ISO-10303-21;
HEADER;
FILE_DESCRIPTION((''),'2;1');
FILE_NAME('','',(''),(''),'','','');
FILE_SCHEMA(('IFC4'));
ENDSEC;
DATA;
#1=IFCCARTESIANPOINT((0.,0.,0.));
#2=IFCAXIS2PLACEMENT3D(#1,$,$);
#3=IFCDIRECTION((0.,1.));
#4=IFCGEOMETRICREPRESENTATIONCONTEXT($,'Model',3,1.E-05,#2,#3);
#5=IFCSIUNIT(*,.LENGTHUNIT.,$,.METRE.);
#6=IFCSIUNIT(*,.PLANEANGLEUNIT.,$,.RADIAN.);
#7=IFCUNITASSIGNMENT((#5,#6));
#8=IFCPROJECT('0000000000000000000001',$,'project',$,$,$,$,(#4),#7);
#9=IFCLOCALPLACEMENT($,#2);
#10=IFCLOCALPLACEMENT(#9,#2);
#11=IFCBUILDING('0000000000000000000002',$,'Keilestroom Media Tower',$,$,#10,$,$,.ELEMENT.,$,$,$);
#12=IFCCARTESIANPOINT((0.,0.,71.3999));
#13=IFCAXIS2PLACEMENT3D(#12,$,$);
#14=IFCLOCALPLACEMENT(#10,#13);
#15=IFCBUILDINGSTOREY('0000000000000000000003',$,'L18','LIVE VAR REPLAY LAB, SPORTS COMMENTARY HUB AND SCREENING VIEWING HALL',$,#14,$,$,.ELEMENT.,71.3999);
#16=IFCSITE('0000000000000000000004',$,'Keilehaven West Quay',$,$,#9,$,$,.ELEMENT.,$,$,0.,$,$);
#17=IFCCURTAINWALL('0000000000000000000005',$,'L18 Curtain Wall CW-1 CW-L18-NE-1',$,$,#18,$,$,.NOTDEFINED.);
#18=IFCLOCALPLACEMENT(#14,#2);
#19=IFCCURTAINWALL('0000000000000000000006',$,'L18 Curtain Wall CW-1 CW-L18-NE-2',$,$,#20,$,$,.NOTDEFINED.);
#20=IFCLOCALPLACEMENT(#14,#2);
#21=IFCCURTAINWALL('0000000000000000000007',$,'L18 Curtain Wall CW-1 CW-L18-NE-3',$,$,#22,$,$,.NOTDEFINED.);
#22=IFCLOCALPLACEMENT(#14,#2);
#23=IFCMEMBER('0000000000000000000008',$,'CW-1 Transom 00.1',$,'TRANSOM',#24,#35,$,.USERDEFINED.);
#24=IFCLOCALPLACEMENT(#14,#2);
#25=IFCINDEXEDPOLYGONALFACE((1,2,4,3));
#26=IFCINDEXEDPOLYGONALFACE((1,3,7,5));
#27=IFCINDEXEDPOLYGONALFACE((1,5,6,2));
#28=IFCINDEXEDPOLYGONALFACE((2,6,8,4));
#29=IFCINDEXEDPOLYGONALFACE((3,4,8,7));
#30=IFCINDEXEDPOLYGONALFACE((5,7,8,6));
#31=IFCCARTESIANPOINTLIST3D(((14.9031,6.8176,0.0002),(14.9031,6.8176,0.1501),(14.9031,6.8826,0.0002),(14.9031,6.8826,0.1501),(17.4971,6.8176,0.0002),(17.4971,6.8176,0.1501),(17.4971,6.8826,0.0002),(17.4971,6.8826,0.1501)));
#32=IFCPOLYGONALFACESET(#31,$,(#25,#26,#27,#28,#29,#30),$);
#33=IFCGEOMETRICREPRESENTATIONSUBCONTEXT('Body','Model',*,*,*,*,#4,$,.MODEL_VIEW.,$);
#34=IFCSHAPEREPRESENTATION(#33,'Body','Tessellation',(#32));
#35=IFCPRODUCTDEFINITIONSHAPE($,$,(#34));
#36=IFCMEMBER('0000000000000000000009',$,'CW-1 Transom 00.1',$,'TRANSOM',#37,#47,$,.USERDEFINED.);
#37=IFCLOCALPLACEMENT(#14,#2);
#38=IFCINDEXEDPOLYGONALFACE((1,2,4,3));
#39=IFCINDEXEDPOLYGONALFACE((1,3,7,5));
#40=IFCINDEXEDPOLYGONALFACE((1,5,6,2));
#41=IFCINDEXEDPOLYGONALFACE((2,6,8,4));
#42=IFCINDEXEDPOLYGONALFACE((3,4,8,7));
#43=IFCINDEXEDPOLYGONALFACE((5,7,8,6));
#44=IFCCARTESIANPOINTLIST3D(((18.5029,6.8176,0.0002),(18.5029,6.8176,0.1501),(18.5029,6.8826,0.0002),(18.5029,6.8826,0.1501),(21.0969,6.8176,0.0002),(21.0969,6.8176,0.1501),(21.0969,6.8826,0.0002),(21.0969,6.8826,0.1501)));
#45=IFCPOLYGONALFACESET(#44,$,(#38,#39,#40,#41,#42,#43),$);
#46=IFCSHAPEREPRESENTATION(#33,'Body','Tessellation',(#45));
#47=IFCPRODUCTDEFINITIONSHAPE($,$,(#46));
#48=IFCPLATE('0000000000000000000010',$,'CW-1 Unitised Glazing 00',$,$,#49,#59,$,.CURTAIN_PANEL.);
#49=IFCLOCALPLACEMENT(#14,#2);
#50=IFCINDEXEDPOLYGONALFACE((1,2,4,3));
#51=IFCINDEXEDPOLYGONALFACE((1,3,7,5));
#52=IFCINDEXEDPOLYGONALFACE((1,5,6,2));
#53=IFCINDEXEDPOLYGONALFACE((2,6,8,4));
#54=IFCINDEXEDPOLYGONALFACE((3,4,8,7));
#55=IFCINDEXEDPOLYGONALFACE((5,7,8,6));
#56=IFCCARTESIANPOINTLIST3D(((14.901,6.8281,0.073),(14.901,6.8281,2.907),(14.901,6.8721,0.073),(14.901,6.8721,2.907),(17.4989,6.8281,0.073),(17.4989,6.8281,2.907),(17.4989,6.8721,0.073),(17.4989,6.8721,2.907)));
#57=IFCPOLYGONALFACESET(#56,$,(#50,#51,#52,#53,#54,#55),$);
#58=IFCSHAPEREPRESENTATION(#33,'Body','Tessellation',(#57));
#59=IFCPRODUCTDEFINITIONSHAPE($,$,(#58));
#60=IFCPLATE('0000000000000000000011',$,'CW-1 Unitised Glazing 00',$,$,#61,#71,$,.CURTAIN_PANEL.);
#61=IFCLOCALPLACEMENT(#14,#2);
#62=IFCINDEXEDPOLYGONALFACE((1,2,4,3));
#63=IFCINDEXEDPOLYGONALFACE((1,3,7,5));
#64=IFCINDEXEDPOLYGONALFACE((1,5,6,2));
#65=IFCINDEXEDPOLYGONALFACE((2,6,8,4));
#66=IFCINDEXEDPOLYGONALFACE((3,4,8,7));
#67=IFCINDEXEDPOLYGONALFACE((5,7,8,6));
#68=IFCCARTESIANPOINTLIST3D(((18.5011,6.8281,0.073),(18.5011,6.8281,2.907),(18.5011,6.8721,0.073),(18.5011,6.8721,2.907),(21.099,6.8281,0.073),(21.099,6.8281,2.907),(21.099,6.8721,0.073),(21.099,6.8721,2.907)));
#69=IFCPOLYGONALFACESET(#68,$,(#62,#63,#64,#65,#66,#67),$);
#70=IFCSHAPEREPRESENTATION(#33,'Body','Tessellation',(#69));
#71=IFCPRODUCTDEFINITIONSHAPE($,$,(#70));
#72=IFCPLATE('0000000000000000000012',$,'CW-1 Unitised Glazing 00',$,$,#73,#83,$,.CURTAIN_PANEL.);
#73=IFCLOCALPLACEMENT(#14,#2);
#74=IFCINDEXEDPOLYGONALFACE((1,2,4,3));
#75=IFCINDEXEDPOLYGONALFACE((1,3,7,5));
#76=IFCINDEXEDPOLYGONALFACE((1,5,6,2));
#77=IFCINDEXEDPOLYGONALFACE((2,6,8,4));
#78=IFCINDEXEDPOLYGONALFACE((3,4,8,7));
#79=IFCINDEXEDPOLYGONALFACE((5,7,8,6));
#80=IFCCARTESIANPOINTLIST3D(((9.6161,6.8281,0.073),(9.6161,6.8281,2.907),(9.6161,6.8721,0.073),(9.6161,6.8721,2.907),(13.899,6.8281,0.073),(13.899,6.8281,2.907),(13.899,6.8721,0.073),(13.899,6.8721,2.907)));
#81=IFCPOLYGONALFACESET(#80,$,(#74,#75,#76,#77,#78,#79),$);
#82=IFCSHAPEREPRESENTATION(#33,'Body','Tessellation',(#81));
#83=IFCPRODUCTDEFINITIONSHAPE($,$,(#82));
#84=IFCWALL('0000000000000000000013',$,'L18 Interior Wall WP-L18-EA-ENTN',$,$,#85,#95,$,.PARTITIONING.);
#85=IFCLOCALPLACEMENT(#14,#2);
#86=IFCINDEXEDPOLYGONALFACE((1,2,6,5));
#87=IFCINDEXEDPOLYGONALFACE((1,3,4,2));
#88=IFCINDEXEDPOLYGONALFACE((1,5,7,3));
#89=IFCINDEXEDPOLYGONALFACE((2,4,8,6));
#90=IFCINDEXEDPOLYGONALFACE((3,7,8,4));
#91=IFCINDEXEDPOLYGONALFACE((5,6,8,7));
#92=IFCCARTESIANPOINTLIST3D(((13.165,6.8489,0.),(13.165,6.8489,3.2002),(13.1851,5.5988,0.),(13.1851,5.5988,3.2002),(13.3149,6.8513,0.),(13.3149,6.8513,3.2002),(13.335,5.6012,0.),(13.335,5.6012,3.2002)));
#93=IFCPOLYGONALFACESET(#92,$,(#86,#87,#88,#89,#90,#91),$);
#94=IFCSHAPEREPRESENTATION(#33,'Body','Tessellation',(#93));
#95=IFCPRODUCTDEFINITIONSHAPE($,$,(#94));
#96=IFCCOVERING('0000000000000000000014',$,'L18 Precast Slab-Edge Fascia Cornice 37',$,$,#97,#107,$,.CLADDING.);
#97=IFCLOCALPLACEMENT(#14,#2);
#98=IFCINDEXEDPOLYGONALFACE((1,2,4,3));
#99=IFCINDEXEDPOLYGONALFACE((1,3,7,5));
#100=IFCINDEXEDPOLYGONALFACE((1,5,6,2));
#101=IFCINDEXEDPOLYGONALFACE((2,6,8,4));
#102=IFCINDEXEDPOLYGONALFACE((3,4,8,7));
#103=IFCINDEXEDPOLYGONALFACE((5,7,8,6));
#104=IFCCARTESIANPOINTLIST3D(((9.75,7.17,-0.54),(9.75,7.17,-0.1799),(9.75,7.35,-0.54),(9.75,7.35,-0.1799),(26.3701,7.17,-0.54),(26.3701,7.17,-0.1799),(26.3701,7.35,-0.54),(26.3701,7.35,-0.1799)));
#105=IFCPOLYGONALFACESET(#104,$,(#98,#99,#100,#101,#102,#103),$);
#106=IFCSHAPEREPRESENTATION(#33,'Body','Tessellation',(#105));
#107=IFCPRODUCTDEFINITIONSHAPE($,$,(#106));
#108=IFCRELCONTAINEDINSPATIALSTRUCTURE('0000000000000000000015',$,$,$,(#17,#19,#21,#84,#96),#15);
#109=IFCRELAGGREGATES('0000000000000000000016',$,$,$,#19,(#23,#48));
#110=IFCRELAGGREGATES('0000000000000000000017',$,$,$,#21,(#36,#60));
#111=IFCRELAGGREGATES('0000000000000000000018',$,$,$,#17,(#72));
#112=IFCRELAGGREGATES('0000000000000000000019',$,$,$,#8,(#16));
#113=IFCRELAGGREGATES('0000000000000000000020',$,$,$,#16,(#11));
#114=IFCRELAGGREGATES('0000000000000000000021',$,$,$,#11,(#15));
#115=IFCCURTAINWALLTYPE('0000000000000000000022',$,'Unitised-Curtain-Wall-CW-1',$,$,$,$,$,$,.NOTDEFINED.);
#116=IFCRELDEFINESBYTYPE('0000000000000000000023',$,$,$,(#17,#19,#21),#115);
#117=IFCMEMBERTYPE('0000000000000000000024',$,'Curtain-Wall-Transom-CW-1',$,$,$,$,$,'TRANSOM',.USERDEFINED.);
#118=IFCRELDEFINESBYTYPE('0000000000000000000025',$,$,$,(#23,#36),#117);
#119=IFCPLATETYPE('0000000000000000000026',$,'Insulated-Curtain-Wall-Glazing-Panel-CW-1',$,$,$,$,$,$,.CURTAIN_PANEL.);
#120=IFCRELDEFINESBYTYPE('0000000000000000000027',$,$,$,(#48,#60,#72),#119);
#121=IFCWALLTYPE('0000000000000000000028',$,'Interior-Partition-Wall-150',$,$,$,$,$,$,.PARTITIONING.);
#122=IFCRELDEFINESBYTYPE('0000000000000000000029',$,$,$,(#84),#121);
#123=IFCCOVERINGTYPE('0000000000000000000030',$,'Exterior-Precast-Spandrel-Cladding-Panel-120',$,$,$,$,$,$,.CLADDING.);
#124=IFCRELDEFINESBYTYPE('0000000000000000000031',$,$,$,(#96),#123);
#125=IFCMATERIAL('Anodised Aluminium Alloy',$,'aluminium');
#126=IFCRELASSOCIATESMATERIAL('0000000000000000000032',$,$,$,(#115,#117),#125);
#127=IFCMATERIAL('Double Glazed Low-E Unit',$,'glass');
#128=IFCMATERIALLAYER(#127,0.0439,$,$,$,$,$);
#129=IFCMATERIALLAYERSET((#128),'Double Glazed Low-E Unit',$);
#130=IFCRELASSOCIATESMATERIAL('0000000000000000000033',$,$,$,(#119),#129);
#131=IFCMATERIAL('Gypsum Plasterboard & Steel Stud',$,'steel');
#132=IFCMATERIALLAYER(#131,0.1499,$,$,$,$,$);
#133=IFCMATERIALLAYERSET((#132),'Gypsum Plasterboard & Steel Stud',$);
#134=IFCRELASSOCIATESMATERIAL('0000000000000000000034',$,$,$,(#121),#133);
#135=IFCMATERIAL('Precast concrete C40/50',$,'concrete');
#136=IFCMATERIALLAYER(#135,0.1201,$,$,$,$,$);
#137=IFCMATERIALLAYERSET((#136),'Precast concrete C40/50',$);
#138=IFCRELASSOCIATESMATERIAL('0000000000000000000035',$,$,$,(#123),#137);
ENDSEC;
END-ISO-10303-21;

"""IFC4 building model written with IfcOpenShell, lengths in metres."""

from ifc_helpers import new_model, si_unit, direction, frame, frame_2d, origin, origin_2d, place, context, subcontext, project, spatial, rectangle, extrude, source, transform, mapped, material, layer, layer_set, material_profile, profile_set, type_object, element, aggregate, save


model = new_model("IFC4")

# Units and contexts
model_context = context("Model", 3, precision=1e-05, world=origin(), true_north=direction((0.0, 1.0)))
body_context = subcontext(model_context, "Body", "Model", "MODEL_VIEW")
ifc_project = project(units=[si_unit("LENGTHUNIT", "METRE"), si_unit("PLANEANGLEUNIT", "RADIAN")], contexts=[model_context])

# Site, building, storey
site_placement = place(None, origin())
site = spatial("IfcSite", under=ifc_project, at=site_placement, Name="Keilehaven West Quay", CompositionType="ELEMENT", RefElevation=0.0)
building_placement = place(site_placement, origin())
building = spatial("IfcBuilding", under=site, at=building_placement, Name="Keilestroom Media Tower", CompositionType="ELEMENT")
storey_placement = place(building_placement, frame((0.0, 0.0, 71.3999)))
storey = spatial("IfcBuildingStorey", under=building, at=storey_placement, Name="L18", Description="LIVE VAR REPLAY LAB, SPORTS COMMENTARY HUB AND SCREENING VIEWING HALL", CompositionType="ELEMENT", Elevation=71.3999)

# Shared definitions
ifc_material_1 = material(Name="Precast concrete C40/50", Category="concrete")

# Curtain wall
ifc_material_2 = material(Name="Anodised Aluminium Alloy", Category="aluminium")
curtain_wall_type = type_object("IfcCurtainWallType", Name="Unitised-Curtain-Wall-CW-1", PredefinedType="NOTDEFINED", material=ifc_material_2)
curtain_wall_1_placement = place(storey_placement, origin())
curtain_wall_1 = element("IfcCurtainWall", 1, at=curtain_wall_1_placement, inside=storey, type_object=curtain_wall_type, Name="L18 Curtain Wall CW-1 CW-L18-NE-1", PredefinedType="NOTDEFINED")

# Curtain walls
curtain_wall_2_placement = place(storey_placement, origin())
curtain_wall_2 = element("IfcCurtainWall", 2, at=curtain_wall_2_placement, inside=storey, type_object=curtain_wall_type, Name="L18 Curtain Wall CW-1 CW-L18-NE-2", PredefinedType="NOTDEFINED")
curtain_wall_3_placement = place(storey_placement, origin())
curtain_wall_3 = element("IfcCurtainWall", 3, at=curtain_wall_3_placement, inside=storey, type_object=curtain_wall_type, Name="L18 Curtain Wall CW-1 CW-L18-NE-3", PredefinedType="NOTDEFINED")

# Members
ifc_material_profile_1 = material_profile(ifc_material_2, rectangle(XDim=0.0649, YDim=0.1499, at=origin_2d()), Name="ALU TRANSOM 65x150")
ifc_profile_set_1 = profile_set([ifc_material_profile_1], Name="Anodised Aluminium Alloy")
member_type_1 = type_object("IfcMemberType", Name="Curtain-Wall-Transom-CW-1", ElementType="TRANSOM", PredefinedType="USERDEFINED", material=ifc_profile_set_1)
shared_shape_1 = source(origin(), body_context, "Body", "SweptSolid", [
    extrude(rectangle(XDim=0.0649, YDim=0.1499, at=origin_2d()), origin(), (0.0, 0.0, 1.0), 2.594),
])
member_1_placement = place(storey_placement, frame((14.9031, 6.8501, 0.0752), z_axis=(1.0, 0.0, 0.0), x_axis=(0.0, 1.0, 0.0)))
member_1 = element("IfcMember", 4, at=member_1_placement, type_object=member_type_1, Name="CW-1 Transom 00.1", ObjectType="TRANSOM", PredefinedType="USERDEFINED", context=body_context, shape_type="MappedRepresentation", body=[
    mapped(shared_shape_1, transform((0.0, 0.0, 0.0), x_axis=(1.0, 0.0, 0.0), y_axis=(0.0, 1.0, 0.0), z_axis=(0.0, 0.0, 1.0), scale=1.0)),
])
member_2_placement = place(storey_placement, frame((18.5029, 6.8501, 0.0752), z_axis=(1.0, 0.0, 0.0), x_axis=(0.0, 1.0, 0.0)))
member_2 = element("IfcMember", 5, at=member_2_placement, type_object=member_type_1, Name="CW-1 Transom 00.1", ObjectType="TRANSOM", PredefinedType="USERDEFINED", context=body_context, shape_type="MappedRepresentation", body=[
    mapped(shared_shape_1, transform((0.0, 0.0, 0.0), x_axis=(1.0, 0.0, 0.0), y_axis=(0.0, 1.0, 0.0), z_axis=(0.0, 0.0, 1.0), scale=1.0)),
])

# Plates
ifc_material_3 = material(Name="Double Glazed Low-E Unit", Category="glass")
ifc_layer_1 = layer(ifc_material_3, 0.0439)
ifc_layer_set_1 = layer_set([ifc_layer_1], Name="Double Glazed Low-E Unit")
plate_type = type_object("IfcPlateType", Name="Insulated-Curtain-Wall-Glazing-Panel-CW-1", PredefinedType="CURTAIN_PANEL", material=ifc_layer_set_1)
shared_shape_2 = source(origin(), body_context, "Body", "SweptSolid", [
    extrude(rectangle(XDim=2.5979, YDim=0.0439, at=origin_2d()), origin(), (0.0, 0.0, 1.0), 2.834),
])
plate_1_placement = place(storey_placement, frame((16.2, 6.8501, 0.073), z_axis=(0.0, 0.0, 1.0), x_axis=(1.0, 0.0, 0.0)))
plate_1 = element("IfcPlate", 6, at=plate_1_placement, type_object=plate_type, Name="CW-1 Unitised Glazing 00", PredefinedType="CURTAIN_PANEL", context=body_context, shape_type="MappedRepresentation", body=[
    mapped(shared_shape_2, transform((0.0, 0.0, 0.0), x_axis=(1.0, 0.0, 0.0), y_axis=(0.0, 1.0, 0.0), z_axis=(0.0, 0.0, 1.0), scale=1.0)),
])
aggregate(curtain_wall_2, [member_1, plate_1])
plate_2_placement = place(storey_placement, frame((19.8, 6.8501, 0.073), z_axis=(0.0, 0.0, 1.0), x_axis=(1.0, 0.0, 0.0)))
plate_2 = element("IfcPlate", 7, at=plate_2_placement, type_object=plate_type, Name="CW-1 Unitised Glazing 00", PredefinedType="CURTAIN_PANEL", context=body_context, shape_type="MappedRepresentation", body=[
    mapped(shared_shape_2, transform((0.0, 0.0, 0.0), x_axis=(1.0, 0.0, 0.0), y_axis=(0.0, 1.0, 0.0), z_axis=(0.0, 0.0, 1.0), scale=1.0)),
])
aggregate(curtain_wall_3, [member_2, plate_2])
shared_shape_3 = source(origin(), body_context, "Body", "SweptSolid", [
    extrude(rectangle(XDim=4.283, YDim=0.0439, at=origin_2d()), origin(), (0.0, 0.0, 1.0), 2.834),
])
plate_3_placement = place(storey_placement, frame((11.7576, 6.8501, 0.073), z_axis=(0.0, 0.0, 1.0), x_axis=(1.0, 0.0, 0.0)))
plate_3 = element("IfcPlate", 8, at=plate_3_placement, type_object=plate_type, Name="CW-1 Unitised Glazing 00", PredefinedType="CURTAIN_PANEL", context=body_context, shape_type="MappedRepresentation", body=[
    mapped(shared_shape_3, transform((0.0, 0.0, 0.0), x_axis=(1.0, 0.0, 0.0), y_axis=(0.0, 1.0, 0.0), z_axis=(0.0, 0.0, 1.0), scale=1.0)),
])
aggregate(curtain_wall_1, [plate_3])

# Wall
ifc_material_4 = material(Name="Gypsum Plasterboard & Steel Stud", Category="steel")
ifc_layer_2 = layer(ifc_material_4, 0.1499)
ifc_layer_set_2 = layer_set([ifc_layer_2], Name="Gypsum Plasterboard & Steel Stud")
wall_type = type_object("IfcWallType", Name="Interior-Partition-Wall-150", PredefinedType="PARTITIONING", material=ifc_layer_set_2)
wall_placement = place(storey_placement, frame((13.26, 5.6001, 0.0), z_axis=(0.0, 0.0, 1.0), x_axis=(-0.016014, 0.999872, 0.0)))
element("IfcWall", 9, at=wall_placement, inside=storey, type_object=wall_type, Name="L18 Interior Wall WP-L18-EA-ENTN", PredefinedType="PARTITIONING", context=body_context, shape_type="SweptSolid", body=[
    extrude(rectangle(XDim=1.2502, YDim=0.1499, at=frame_2d((0.625, 0.0))), origin(), (0.0, 0.0, 1.0), 3.2002),
])

# Covering
ifc_layer_3 = layer(ifc_material_1, 0.1201)
ifc_layer_set_3 = layer_set([ifc_layer_3], Name="Precast concrete C40/50")
covering_type = type_object("IfcCoveringType", Name="Exterior-Precast-Spandrel-Cladding-Panel-120", PredefinedType="CLADDING", material=ifc_layer_set_3)
shared_shape_4 = source(origin(), body_context, "Body", "SweptSolid", [
    extrude(rectangle(XDim=16.6201, YDim=0.1799, at=origin_2d()), origin(), (0.0, 0.0, 1.0), 0.3601),
])
covering_placement = place(storey_placement, frame((18.0601, 7.26, -0.54), z_axis=(0.0, 0.0, 1.0), x_axis=(1.0, 0.0, 0.0)))
element("IfcCovering", 10, at=covering_placement, inside=storey, type_object=covering_type, Name="L18 Precast Slab-Edge Fascia Cornice 37", PredefinedType="CLADDING", context=body_context, shape_type="MappedRepresentation", body=[
    mapped(shared_shape_4, transform((0.0, 0.0, 0.0), x_axis=(1.0, 0.0, 0.0), y_axis=(0.0, 1.0, 0.0), z_axis=(0.0, 0.0, 1.0), scale=1.0)),
])

save(model, "model.ifc")
